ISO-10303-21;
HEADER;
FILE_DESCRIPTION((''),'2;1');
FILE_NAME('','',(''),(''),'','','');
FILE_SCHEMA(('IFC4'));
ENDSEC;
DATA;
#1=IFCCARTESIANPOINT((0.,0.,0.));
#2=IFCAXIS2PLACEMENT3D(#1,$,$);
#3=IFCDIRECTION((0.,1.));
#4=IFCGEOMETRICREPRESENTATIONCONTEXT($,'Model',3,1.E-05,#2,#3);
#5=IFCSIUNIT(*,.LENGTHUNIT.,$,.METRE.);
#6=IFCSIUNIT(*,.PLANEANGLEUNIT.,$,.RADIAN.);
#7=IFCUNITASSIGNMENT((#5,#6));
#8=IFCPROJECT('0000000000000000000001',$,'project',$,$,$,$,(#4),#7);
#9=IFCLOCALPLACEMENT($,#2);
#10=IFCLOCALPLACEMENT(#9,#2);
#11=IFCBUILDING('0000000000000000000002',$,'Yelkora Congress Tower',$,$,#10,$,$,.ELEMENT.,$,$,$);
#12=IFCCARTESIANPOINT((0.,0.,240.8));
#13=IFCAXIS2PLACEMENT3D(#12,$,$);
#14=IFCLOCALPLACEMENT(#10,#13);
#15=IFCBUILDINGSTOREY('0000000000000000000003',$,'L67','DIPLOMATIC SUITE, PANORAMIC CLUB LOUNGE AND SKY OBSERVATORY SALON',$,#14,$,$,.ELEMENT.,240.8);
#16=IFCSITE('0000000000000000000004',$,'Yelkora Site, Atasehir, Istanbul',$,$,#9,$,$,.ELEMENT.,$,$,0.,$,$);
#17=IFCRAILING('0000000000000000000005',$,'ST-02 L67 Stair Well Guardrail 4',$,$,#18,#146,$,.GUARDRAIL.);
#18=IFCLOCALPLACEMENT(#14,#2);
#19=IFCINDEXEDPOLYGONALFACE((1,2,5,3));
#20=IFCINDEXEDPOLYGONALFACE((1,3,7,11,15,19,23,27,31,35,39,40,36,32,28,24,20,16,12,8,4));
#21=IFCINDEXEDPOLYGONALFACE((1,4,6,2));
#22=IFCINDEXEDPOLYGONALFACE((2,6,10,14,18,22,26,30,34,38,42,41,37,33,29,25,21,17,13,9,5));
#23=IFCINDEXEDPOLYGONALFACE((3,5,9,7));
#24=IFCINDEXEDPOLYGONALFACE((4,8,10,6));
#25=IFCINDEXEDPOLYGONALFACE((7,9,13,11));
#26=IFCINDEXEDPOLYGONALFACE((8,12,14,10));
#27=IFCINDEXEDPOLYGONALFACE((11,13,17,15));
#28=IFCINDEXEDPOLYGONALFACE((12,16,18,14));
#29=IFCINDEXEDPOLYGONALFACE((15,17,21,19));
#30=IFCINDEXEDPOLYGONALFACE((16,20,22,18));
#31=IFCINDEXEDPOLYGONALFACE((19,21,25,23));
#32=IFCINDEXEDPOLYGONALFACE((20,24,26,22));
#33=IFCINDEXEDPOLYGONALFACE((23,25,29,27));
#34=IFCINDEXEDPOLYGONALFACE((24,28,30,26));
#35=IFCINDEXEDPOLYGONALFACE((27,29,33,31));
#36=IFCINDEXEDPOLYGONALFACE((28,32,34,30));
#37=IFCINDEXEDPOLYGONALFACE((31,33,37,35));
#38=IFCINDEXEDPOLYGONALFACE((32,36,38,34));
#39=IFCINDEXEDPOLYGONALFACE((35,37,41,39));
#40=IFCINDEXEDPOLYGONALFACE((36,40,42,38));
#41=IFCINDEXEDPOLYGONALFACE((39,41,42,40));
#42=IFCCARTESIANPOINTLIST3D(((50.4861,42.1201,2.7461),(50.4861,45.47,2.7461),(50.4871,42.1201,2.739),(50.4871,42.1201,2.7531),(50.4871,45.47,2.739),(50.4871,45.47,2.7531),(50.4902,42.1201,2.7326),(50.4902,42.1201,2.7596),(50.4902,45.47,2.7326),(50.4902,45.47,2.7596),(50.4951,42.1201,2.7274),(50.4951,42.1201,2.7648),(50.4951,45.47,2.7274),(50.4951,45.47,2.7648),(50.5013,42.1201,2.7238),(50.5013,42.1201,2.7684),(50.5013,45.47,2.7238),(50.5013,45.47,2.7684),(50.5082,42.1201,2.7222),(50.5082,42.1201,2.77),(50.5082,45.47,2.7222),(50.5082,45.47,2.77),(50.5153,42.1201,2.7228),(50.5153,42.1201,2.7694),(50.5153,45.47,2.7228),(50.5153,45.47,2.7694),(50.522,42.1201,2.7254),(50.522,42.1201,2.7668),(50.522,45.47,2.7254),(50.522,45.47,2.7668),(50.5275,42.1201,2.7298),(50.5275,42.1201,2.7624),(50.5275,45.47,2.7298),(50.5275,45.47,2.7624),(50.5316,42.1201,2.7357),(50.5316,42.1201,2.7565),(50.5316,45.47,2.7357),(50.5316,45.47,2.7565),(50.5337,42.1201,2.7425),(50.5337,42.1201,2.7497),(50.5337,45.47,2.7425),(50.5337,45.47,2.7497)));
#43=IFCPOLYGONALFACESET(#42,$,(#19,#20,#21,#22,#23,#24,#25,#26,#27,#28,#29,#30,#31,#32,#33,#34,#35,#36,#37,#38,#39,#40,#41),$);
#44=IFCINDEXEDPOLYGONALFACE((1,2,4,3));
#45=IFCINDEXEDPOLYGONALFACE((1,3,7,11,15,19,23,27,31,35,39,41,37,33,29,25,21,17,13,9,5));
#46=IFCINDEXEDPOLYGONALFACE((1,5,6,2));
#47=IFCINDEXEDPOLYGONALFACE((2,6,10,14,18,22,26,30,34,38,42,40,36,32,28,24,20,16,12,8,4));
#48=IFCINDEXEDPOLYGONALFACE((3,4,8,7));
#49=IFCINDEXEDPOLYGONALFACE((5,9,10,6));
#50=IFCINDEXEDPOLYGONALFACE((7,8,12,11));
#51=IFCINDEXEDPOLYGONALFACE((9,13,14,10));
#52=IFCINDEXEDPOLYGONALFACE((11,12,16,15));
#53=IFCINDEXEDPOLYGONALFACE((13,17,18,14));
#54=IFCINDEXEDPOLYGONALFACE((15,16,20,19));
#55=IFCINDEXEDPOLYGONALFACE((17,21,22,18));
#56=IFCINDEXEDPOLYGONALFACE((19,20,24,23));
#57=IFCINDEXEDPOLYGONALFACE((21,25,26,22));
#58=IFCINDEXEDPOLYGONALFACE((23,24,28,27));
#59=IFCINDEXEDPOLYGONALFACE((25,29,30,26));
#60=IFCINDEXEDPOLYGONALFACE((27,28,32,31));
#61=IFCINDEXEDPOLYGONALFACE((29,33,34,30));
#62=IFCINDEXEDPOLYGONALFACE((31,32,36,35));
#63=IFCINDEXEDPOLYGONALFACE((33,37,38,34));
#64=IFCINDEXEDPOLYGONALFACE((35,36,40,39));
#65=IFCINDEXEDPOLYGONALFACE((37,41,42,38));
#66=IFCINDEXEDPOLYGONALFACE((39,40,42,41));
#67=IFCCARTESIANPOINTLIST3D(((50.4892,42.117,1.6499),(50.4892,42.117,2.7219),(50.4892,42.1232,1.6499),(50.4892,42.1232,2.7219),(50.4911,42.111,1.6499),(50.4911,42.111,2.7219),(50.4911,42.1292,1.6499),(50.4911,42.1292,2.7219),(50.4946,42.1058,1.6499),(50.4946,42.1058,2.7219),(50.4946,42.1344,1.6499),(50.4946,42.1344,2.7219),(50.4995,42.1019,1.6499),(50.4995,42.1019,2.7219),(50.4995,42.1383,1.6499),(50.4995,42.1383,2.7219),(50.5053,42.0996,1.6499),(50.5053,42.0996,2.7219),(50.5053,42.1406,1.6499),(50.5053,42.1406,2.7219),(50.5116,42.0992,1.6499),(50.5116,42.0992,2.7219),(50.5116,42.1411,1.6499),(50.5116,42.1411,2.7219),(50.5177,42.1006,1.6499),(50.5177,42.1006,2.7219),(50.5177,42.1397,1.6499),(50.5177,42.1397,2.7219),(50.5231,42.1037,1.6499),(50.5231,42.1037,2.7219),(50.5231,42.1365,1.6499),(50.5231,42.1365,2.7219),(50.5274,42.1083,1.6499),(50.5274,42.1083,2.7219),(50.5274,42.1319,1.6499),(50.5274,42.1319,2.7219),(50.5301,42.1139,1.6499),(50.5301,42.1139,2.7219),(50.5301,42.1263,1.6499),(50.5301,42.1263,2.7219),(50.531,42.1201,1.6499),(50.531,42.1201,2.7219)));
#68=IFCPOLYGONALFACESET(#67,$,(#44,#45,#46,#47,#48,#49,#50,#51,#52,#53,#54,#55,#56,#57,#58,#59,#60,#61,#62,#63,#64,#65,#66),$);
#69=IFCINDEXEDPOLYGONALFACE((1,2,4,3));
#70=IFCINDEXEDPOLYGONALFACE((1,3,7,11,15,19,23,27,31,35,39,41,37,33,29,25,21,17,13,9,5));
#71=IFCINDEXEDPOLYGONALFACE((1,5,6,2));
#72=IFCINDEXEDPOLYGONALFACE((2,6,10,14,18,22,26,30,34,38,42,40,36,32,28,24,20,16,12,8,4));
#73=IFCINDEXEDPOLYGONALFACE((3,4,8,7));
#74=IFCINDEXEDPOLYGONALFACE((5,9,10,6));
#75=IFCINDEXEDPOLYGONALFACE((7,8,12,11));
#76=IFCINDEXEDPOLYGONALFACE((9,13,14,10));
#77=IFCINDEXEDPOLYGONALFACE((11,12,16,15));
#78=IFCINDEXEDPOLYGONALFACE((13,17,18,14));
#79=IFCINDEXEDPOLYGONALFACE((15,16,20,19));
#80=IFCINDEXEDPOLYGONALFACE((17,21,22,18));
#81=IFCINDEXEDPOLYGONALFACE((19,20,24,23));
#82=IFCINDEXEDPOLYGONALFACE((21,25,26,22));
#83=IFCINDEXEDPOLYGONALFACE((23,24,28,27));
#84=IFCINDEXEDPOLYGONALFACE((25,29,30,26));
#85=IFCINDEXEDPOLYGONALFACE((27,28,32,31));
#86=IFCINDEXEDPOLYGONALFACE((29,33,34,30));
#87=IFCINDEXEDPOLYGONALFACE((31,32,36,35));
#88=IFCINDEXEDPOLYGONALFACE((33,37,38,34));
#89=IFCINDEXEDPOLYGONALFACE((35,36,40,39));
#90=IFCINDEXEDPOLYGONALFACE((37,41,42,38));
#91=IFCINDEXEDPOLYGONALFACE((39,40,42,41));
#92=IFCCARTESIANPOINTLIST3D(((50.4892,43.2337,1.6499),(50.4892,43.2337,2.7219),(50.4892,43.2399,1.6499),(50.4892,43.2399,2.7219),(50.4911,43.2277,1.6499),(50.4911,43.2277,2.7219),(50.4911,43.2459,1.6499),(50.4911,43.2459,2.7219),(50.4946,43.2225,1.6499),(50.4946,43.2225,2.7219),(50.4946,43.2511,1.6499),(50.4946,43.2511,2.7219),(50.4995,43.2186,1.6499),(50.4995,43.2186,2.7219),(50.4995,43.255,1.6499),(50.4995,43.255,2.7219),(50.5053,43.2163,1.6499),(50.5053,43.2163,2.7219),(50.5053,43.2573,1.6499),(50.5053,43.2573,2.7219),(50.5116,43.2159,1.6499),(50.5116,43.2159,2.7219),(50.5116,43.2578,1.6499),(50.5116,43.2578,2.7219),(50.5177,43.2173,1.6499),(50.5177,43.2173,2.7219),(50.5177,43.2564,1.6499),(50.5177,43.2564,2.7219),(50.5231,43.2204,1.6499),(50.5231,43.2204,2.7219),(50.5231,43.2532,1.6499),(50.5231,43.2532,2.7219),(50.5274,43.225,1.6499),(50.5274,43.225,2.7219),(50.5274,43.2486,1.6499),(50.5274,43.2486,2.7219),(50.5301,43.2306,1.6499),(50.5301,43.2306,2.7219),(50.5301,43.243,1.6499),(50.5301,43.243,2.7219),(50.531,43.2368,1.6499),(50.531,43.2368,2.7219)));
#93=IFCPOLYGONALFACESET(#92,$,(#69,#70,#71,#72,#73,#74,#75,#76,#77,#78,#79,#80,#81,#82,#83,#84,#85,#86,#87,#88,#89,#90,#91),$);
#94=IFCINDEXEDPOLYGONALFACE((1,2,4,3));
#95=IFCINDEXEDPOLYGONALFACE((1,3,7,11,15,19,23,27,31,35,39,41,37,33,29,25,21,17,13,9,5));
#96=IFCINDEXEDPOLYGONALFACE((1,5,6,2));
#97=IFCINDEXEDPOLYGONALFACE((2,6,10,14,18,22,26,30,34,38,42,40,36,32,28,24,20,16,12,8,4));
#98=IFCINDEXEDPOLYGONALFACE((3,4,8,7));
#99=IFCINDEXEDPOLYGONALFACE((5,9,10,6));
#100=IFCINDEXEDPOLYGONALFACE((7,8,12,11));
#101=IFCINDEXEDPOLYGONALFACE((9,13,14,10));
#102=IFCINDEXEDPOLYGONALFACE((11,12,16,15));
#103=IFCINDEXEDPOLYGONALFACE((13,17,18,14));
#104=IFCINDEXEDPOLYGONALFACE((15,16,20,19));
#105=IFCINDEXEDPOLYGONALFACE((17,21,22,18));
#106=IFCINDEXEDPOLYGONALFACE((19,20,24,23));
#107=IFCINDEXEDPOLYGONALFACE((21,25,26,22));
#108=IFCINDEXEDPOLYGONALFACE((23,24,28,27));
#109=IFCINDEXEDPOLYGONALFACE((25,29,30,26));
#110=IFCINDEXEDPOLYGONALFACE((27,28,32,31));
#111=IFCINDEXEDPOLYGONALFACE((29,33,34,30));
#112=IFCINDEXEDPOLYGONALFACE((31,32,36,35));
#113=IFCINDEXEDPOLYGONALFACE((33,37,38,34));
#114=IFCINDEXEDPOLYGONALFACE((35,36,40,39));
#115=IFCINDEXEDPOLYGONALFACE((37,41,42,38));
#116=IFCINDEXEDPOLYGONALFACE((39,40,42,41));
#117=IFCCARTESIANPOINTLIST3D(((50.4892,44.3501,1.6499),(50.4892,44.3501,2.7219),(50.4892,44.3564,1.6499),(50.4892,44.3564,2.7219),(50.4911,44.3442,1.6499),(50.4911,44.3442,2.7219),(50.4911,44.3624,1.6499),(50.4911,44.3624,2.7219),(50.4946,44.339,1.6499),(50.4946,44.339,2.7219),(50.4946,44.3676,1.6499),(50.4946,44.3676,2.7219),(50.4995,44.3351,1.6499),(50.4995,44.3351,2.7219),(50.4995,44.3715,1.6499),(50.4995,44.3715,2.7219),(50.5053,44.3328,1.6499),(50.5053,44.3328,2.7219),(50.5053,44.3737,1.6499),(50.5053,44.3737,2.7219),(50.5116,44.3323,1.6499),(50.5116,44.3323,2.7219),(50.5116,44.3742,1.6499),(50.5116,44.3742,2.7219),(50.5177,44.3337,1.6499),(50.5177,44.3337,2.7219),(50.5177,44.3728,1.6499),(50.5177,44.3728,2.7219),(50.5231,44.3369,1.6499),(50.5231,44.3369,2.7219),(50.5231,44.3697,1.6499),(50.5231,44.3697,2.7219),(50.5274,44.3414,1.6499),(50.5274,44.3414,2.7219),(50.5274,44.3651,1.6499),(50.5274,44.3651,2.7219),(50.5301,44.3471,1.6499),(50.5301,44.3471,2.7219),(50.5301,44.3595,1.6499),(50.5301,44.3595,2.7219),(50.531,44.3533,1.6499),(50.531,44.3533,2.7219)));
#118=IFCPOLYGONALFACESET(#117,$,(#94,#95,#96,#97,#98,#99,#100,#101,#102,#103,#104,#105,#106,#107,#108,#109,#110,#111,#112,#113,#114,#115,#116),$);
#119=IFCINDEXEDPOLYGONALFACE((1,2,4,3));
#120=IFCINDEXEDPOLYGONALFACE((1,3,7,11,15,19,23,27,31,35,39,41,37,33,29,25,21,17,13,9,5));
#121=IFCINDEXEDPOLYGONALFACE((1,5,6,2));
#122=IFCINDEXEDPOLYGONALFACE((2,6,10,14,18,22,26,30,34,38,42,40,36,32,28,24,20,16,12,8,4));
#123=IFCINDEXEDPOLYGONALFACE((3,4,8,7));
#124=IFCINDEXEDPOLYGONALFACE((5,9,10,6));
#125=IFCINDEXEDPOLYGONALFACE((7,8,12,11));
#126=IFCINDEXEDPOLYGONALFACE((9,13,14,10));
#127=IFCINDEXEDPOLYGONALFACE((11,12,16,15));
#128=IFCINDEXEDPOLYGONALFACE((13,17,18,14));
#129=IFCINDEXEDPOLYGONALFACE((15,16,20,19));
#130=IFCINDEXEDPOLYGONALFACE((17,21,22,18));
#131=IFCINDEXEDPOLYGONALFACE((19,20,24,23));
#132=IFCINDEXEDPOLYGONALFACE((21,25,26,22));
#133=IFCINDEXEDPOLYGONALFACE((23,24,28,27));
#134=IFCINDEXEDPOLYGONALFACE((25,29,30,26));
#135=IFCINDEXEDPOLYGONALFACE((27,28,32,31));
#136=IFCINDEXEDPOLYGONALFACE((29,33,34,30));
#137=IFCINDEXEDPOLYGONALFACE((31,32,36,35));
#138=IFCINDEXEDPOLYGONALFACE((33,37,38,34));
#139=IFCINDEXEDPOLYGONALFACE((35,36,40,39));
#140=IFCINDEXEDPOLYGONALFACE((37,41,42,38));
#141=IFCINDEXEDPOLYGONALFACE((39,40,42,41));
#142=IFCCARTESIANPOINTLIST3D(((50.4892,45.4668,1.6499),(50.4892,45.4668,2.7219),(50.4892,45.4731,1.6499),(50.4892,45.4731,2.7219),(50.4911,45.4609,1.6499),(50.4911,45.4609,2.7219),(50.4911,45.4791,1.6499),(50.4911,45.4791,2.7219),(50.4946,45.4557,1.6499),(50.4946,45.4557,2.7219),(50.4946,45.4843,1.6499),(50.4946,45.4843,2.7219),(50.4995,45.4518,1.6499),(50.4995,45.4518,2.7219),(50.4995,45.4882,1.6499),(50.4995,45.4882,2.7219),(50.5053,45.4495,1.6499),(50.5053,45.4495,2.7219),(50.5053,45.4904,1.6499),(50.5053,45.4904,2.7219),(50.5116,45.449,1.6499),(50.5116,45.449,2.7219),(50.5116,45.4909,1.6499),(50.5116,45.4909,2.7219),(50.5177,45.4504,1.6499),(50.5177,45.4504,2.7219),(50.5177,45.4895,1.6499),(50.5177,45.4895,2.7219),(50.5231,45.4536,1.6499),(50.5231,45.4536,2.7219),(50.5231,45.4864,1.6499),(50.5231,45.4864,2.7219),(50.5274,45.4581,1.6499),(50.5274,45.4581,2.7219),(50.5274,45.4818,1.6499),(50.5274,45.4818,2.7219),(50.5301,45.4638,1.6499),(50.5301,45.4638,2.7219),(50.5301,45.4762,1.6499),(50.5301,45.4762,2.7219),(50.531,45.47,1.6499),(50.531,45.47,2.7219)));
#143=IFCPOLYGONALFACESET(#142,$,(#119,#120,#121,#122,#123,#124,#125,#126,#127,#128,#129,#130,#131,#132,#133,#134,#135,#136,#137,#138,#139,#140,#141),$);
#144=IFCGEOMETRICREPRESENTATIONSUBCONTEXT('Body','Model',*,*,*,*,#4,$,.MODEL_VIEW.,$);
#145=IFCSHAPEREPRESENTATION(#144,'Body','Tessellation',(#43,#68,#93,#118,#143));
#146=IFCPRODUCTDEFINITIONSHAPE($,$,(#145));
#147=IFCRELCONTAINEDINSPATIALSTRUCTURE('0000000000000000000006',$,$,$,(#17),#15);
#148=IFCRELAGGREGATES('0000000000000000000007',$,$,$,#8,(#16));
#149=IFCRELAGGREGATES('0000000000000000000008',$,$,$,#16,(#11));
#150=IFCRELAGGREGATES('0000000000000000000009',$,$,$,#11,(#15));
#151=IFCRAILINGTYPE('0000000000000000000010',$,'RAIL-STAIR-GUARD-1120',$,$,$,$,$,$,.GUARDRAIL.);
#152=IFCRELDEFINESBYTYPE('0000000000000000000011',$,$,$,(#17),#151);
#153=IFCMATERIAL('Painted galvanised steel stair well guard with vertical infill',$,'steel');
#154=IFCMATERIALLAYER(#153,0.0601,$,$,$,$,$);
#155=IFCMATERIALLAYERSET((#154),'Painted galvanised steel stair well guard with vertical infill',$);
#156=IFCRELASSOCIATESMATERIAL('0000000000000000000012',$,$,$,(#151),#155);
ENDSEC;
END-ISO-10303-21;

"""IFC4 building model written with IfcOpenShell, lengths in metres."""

from ifc_helpers import new_model, si_unit, direction, frame, origin, origin_2d, place, context, subcontext, project, spatial, circle, extrude, material, layer, layer_set, type_object, element, save


model = new_model("IFC4")

# Units and contexts
model_context = context("Model", 3, precision=1e-05, world=origin(), true_north=direction((0.0, 1.0)))
body_context = subcontext(model_context, "Body", "Model", "MODEL_VIEW")
ifc_project = project(units=[si_unit("LENGTHUNIT", "METRE"), si_unit("PLANEANGLEUNIT", "RADIAN")], contexts=[model_context])

# Site, building, storey
site_placement = place(None, origin())
site = spatial("IfcSite", under=ifc_project, at=site_placement, Name="Yelkora Site, Atasehir, Istanbul", CompositionType="ELEMENT", RefElevation=0.0)
building_placement = place(site_placement, origin())
building = spatial("IfcBuilding", under=site, at=building_placement, Name="Yelkora Congress Tower", CompositionType="ELEMENT")
storey_placement = place(building_placement, frame((0.0, 0.0, 240.8)))
storey = spatial("IfcBuildingStorey", under=building, at=storey_placement, Name="L67", Description="DIPLOMATIC SUITE, PANORAMIC CLUB LOUNGE AND SKY OBSERVATORY SALON", CompositionType="ELEMENT", Elevation=240.8)

# Railing
ifc_material_1 = material(Name="Painted galvanised steel stair well guard with vertical infill", Category="steel")
ifc_layer_1 = layer(ifc_material_1, 0.0601)
ifc_layer_set_1 = layer_set([ifc_layer_1], Name="Painted galvanised steel stair well guard with vertical infill")
railing_type_1 = type_object("IfcRailingType", Name="RAIL-STAIR-GUARD-1120", PredefinedType="GUARDRAIL", material=ifc_layer_set_1)
railing_1_placement = place(storey_placement, frame((50.51, 42.1201, 1.6499)))
element("IfcRailing", 1, at=railing_1_placement, inside=storey, type_object=railing_type_1, Name="ST-02 L67 Stair Well Guardrail 4", PredefinedType="GUARDRAIL", context=body_context, shape_type="SweptSolid", body=[
    extrude(circle(Radius=0.0239, at=origin_2d()), frame((0.0, 0.0, 1.0962), z_axis=(0.0, 1.0, 0.0), x_axis=(-1.0, 0.0, 0.0)), (0.0, 0.0, 1.0), 3.3499),
    extrude(circle(Radius=0.021, at=origin_2d()), origin(), (0.0, 0.0, 1.0), 1.072),
    extrude(circle(Radius=0.021, at=origin_2d()), frame((0.0, 1.1167, 0.0)), (0.0, 0.0, 1.0), 1.072),
    extrude(circle(Radius=0.021, at=origin_2d()), frame((0.0, 2.2332, 0.0)), (0.0, 0.0, 1.0), 1.072),
    extrude(circle(Radius=0.021, at=origin_2d()), frame((0.0, 3.3499, 0.0)), (0.0, 0.0, 1.0), 1.072),
])

save(model, "model.ifc")
